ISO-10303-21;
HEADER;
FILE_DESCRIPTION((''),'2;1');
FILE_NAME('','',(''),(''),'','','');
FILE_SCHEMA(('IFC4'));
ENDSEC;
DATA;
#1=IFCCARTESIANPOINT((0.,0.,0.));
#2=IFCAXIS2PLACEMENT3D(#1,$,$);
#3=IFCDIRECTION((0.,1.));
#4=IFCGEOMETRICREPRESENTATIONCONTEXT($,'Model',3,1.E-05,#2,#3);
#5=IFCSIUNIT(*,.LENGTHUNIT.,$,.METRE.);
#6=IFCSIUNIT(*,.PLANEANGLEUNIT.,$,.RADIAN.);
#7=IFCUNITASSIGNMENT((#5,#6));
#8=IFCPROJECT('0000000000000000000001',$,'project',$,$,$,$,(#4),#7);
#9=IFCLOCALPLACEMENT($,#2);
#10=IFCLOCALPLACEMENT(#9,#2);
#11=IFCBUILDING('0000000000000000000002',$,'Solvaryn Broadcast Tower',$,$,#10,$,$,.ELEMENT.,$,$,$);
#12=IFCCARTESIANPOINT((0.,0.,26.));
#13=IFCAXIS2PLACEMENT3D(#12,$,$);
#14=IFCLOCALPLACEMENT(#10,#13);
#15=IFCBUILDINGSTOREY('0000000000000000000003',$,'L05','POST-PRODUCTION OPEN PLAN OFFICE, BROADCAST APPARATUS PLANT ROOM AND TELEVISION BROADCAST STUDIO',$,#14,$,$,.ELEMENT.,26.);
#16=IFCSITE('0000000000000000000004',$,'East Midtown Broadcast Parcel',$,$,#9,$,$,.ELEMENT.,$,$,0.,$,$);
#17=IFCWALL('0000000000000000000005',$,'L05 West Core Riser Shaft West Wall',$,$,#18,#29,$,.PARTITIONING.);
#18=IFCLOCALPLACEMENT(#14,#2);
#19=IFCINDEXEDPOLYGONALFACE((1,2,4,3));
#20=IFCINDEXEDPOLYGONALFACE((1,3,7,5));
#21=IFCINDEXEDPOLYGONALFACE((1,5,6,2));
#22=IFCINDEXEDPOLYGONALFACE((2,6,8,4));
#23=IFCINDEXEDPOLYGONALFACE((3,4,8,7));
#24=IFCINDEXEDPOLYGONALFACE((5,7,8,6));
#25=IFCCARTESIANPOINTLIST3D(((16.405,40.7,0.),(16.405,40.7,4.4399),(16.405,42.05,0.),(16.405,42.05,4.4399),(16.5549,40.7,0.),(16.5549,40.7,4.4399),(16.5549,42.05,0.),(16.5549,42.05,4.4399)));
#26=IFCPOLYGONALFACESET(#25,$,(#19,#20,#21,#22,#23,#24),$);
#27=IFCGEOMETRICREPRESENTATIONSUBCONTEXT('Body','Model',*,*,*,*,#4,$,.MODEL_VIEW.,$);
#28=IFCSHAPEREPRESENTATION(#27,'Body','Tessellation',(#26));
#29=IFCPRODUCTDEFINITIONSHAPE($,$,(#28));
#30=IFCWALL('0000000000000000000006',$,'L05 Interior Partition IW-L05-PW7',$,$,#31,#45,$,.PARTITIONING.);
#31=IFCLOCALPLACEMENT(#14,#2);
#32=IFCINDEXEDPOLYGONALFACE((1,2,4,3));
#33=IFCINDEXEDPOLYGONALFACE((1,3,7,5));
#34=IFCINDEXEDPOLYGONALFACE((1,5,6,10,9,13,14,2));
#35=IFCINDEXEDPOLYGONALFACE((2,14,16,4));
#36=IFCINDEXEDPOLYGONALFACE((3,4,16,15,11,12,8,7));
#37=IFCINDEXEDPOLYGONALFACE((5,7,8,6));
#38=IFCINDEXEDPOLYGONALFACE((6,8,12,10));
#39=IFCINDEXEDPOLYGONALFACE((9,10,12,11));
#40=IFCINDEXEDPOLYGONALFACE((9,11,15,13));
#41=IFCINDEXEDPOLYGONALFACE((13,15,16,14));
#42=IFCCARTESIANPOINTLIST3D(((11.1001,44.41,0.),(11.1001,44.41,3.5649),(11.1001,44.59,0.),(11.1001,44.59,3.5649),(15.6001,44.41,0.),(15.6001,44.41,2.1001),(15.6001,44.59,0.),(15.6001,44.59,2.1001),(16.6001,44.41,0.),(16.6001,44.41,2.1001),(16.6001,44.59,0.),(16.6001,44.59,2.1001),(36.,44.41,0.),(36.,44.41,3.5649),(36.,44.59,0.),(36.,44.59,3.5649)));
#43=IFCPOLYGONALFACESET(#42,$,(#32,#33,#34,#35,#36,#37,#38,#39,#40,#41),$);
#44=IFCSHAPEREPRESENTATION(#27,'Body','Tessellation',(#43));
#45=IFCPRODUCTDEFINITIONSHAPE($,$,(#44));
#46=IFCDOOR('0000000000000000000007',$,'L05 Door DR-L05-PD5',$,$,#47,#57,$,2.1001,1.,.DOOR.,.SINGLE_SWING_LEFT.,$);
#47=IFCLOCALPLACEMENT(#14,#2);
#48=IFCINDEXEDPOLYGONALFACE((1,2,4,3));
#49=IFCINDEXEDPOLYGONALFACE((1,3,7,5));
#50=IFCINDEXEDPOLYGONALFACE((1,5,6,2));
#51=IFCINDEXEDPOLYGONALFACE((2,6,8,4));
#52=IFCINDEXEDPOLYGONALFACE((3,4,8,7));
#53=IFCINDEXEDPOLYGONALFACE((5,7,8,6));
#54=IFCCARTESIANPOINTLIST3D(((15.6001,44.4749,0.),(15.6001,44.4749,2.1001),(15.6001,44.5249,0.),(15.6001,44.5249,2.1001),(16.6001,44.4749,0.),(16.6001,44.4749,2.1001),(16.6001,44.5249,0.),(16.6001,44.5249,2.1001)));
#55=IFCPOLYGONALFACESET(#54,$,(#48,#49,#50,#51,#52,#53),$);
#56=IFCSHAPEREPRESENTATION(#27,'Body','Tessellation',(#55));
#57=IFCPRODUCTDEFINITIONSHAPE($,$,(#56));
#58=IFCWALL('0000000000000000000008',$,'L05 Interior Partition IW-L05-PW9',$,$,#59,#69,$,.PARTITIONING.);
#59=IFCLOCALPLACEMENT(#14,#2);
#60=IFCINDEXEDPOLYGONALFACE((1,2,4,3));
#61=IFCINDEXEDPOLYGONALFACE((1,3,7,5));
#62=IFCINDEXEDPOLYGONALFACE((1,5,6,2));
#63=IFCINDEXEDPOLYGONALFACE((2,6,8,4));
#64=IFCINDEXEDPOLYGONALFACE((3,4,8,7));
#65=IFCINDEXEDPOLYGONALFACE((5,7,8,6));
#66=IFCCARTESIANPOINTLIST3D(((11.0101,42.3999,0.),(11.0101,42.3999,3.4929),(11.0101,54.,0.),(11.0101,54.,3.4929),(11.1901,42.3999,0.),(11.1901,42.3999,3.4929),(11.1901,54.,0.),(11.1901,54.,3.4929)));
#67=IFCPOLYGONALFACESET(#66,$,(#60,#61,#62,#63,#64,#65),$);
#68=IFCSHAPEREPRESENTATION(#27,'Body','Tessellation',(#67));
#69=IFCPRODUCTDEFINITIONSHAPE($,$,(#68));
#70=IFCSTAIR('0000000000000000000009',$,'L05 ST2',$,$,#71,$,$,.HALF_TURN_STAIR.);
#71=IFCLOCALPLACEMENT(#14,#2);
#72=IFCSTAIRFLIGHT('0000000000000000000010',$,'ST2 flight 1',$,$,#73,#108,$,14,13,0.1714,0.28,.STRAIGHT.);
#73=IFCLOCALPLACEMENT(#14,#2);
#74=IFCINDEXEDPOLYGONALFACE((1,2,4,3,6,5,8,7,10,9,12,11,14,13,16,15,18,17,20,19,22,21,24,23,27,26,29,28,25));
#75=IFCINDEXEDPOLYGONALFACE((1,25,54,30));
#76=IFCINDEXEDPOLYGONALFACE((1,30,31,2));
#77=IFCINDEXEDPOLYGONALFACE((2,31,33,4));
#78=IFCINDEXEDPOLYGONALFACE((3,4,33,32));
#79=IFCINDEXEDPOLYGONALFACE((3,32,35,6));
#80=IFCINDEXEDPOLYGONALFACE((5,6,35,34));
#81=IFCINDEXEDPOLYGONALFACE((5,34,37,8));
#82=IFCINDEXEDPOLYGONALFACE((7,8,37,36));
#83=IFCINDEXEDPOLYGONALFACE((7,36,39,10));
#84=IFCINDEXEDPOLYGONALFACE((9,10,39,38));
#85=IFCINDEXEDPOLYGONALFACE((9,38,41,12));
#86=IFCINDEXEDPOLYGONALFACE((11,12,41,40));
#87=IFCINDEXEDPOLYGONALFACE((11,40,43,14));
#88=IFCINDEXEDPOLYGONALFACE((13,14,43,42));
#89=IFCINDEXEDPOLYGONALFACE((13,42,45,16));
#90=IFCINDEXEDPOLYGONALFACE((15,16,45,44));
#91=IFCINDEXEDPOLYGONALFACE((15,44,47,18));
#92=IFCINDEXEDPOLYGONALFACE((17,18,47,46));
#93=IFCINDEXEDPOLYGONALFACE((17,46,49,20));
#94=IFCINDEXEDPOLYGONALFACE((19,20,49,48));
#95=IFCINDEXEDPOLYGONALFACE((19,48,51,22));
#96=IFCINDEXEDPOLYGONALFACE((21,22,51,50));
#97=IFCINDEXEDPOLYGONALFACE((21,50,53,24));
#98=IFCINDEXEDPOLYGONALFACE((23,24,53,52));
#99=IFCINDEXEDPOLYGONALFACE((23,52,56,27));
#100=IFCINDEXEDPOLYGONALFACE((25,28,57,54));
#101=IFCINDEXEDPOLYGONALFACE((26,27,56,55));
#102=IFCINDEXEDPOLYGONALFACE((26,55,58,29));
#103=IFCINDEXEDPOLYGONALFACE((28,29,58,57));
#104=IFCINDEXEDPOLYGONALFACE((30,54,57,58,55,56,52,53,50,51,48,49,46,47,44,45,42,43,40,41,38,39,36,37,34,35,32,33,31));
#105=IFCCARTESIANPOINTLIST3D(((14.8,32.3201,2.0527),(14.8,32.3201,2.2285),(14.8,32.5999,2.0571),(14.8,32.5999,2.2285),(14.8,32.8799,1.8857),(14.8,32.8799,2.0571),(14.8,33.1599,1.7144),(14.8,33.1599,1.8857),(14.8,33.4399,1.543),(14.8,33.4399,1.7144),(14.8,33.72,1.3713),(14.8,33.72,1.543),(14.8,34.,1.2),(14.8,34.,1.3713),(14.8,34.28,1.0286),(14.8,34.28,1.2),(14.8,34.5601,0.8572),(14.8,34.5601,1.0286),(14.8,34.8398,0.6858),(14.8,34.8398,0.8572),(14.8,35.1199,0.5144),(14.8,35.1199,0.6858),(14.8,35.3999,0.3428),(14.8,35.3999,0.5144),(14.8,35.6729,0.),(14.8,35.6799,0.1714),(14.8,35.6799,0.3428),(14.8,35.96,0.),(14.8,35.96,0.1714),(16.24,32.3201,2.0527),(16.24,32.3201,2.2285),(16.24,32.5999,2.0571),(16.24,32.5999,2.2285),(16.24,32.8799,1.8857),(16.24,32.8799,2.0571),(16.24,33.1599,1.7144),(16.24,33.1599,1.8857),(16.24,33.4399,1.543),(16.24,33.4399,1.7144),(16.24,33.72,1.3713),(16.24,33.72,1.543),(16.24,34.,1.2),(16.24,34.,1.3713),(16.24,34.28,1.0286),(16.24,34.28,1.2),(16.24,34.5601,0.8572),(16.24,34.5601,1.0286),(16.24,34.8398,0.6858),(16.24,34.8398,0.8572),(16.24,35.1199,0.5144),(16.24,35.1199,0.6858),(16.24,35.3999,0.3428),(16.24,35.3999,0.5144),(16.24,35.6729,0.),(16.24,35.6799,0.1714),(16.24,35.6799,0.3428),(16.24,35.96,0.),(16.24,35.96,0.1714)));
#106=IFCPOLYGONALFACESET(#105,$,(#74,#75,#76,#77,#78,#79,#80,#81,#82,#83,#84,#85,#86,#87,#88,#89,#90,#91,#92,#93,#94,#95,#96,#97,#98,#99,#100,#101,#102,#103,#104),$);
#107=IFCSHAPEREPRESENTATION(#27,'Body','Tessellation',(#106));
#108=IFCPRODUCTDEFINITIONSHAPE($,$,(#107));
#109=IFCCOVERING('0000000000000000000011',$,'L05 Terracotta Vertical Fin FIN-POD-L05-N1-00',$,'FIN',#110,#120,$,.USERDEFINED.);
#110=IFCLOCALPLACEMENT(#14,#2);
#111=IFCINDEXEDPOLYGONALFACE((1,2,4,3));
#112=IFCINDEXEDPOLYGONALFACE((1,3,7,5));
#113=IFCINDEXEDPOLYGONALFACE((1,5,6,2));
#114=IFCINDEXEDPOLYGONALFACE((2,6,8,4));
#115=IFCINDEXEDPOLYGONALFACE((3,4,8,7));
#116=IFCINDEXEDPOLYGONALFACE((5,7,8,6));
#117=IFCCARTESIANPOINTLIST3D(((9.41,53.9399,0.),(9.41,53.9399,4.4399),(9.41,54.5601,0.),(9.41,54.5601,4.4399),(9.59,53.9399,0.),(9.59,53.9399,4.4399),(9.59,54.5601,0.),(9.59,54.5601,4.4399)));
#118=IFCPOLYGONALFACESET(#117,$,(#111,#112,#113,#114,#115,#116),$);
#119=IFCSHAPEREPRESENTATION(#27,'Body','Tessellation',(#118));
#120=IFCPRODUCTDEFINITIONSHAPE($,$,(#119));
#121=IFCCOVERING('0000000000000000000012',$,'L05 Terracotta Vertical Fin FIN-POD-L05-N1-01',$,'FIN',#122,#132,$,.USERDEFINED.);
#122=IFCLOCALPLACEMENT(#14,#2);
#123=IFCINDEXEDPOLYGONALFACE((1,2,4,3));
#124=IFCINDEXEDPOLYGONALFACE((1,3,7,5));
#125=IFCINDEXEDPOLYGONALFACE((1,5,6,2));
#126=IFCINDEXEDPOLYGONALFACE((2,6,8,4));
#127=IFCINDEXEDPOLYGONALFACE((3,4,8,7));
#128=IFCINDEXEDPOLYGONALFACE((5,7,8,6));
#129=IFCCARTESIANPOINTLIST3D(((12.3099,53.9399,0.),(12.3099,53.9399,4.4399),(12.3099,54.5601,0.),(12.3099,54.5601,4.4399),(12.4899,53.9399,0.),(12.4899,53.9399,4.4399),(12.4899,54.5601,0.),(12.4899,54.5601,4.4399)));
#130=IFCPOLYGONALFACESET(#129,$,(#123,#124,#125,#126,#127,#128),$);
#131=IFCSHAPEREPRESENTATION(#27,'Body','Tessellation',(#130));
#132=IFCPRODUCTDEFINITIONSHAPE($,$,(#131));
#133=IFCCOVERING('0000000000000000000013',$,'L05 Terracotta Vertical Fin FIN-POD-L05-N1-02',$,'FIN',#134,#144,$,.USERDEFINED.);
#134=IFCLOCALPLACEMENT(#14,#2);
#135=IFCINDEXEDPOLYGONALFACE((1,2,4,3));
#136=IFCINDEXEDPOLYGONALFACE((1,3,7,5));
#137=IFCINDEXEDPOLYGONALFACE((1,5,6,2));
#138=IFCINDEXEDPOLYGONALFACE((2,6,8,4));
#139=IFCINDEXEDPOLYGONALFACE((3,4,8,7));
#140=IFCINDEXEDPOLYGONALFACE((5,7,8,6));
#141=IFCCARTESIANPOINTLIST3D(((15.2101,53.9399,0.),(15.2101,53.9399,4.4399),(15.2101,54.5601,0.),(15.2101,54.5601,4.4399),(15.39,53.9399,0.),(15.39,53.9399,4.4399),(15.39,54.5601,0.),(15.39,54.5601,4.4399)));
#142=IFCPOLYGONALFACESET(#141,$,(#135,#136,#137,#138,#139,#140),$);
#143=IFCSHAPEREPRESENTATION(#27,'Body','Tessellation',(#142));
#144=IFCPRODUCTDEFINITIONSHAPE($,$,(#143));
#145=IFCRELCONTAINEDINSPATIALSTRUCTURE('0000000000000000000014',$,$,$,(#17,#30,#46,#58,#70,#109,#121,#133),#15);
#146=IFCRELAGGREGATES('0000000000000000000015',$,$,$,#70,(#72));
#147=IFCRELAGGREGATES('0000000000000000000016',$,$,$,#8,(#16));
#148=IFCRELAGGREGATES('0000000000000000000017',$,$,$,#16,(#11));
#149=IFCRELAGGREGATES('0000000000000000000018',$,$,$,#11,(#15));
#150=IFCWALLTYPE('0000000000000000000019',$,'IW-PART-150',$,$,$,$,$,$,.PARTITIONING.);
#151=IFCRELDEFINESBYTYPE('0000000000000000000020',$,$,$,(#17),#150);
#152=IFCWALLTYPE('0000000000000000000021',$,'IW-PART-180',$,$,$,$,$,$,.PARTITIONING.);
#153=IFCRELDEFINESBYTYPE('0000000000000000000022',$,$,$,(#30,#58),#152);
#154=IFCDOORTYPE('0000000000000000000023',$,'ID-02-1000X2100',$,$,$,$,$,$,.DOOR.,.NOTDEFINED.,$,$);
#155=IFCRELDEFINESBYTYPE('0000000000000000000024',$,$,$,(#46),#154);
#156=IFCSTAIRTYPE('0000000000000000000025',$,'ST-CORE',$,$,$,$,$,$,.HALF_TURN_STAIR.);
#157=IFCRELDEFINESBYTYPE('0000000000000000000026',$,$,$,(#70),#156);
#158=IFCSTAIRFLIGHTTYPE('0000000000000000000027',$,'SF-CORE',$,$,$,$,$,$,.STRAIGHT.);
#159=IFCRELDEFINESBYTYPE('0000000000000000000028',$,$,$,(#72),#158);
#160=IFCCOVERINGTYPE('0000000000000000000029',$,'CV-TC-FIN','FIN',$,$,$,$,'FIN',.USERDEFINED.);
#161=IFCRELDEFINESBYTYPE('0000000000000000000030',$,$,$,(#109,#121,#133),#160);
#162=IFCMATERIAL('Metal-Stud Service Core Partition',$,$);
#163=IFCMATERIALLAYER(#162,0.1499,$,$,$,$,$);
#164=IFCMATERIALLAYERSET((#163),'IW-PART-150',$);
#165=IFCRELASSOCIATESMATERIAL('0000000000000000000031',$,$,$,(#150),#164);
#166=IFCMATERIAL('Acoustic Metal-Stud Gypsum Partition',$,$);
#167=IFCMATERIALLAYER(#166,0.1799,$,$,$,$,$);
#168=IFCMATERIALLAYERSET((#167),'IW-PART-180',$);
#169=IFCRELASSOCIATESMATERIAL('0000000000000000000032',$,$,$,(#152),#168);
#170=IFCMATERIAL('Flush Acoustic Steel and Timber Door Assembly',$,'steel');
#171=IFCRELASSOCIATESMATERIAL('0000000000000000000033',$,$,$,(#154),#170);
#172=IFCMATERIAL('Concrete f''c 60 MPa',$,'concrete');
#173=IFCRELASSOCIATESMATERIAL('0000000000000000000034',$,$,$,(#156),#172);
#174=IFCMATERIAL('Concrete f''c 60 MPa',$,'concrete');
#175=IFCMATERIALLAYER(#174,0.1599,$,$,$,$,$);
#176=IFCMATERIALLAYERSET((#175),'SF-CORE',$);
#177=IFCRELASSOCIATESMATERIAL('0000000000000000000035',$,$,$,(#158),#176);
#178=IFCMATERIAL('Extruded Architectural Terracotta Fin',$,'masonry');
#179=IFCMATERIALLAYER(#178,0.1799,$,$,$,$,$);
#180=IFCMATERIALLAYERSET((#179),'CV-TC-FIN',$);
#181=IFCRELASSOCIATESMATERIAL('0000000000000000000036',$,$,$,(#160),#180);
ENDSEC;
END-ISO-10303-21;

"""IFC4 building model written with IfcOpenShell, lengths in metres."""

from ifc_helpers import new_model, si_unit, direction, frame, frame_2d, origin, origin_2d, place, context, subcontext, project, spatial, polyline, rectangle, outline, extrude, material, layer, layer_set, type_object, element, fill, aggregate, save


model = new_model("IFC4")

# Units and contexts
model_context = context("Model", 3, precision=1e-05, world=origin(), true_north=direction((0.0, 1.0)))
body_context = subcontext(model_context, "Body", "Model", "MODEL_VIEW")
ifc_project = project(units=[si_unit("LENGTHUNIT", "METRE"), si_unit("PLANEANGLEUNIT", "RADIAN")], contexts=[model_context])

# Site, building, storey
site_placement = place(None, origin())
site = spatial("IfcSite", under=ifc_project, at=site_placement, Name="East Midtown Broadcast Parcel", CompositionType="ELEMENT", RefElevation=0.0)
building_placement = place(site_placement, origin())
building = spatial("IfcBuilding", under=site, at=building_placement, Name="Solvaryn Broadcast Tower", CompositionType="ELEMENT")
storey_placement = place(building_placement, frame((0.0, 0.0, 26.0)))
storey = spatial("IfcBuildingStorey", under=building, at=storey_placement, Name="L05", Description="POST-PRODUCTION OPEN PLAN OFFICE, BROADCAST APPARATUS PLANT ROOM AND TELEVISION BROADCAST STUDIO", CompositionType="ELEMENT", Elevation=26.0)

# Wall
ifc_material_1 = material(Name="Metal-Stud Service Core Partition")
ifc_layer_1 = layer(ifc_material_1, 0.1499)
ifc_layer_set_1 = layer_set([ifc_layer_1], Name="IW-PART-150")
wall_type_1 = type_object("IfcWallType", Name="IW-PART-150", PredefinedType="PARTITIONING", material=ifc_layer_set_1)
wall_1_placement = place(storey_placement, frame((16.48, 40.7, 0.0), z_axis=(0.0, 0.0, 1.0), x_axis=(0.0, 1.0, 0.0)))
element("IfcWall", 1, at=wall_1_placement, inside=storey, type_object=wall_type_1, Name="L05 West Core Riser Shaft West Wall", PredefinedType="PARTITIONING", context=body_context, shape_type="SweptSolid", body=[
    extrude(rectangle(XDim=1.3501, YDim=0.1499, at=frame_2d((0.675, 0.0))), origin(), (0.0, 0.0, 1.0), 4.4399),
])

# Wall, opening, door
ifc_material_2 = material(Name="Acoustic Metal-Stud Gypsum Partition")
ifc_layer_2 = layer(ifc_material_2, 0.1799)
ifc_layer_set_2 = layer_set([ifc_layer_2], Name="IW-PART-180")
wall_type_2 = type_object("IfcWallType", Name="IW-PART-180", PredefinedType="PARTITIONING", material=ifc_layer_set_2)
wall_2_placement = place(storey_placement, frame((11.1001, 44.5, 0.0), z_axis=(0.0, 0.0, 1.0), x_axis=(1.0, 0.0, 0.0)))
wall_2 = element("IfcWall", 2, at=wall_2_placement, inside=storey, type_object=wall_type_2, Name="L05 Interior Partition IW-L05-PW7", PredefinedType="PARTITIONING", context=body_context, shape_type="SweptSolid", body=[
    extrude(rectangle(XDim=24.8999, YDim=0.1799, at=frame_2d((12.45, 0.0))), origin(), (0.0, 0.0, 1.0), 3.5649),
])
opening_1_placement = place(wall_2_placement, frame((4.5, 0.0, 0.0)))
opening_1 = element("IfcOpeningElement", 3, at=opening_1_placement, cuts=wall_2, PredefinedType="OPENING", context=body_context, shape_type="SweptSolid", body=[
    extrude(rectangle(XDim=1.0, YDim=2.1001, at=frame_2d((0.5, 1.05))), frame((0.0, 0.0999, 0.0), z_axis=(0.0, -1.0, 0.0), x_axis=(1.0, 0.0, 0.0)), (0.0, 0.0, 1.0), 0.2),
])
ifc_material_3 = material(Name="Flush Acoustic Steel and Timber Door Assembly", Category="steel")
door_type_1 = type_object("IfcDoorType", Name="ID-02-1000X2100", OperationType="NOTDEFINED", PredefinedType="DOOR", material=ifc_material_3)
door_1_placement = place(opening_1_placement, origin())
door_1 = element("IfcDoor", 4, at=door_1_placement, inside=storey, type_object=door_type_1, Name="L05 Door DR-L05-PD5", OperationType="SINGLE_SWING_LEFT", OverallHeight=2.1001, OverallWidth=1.0, PredefinedType="DOOR", context=body_context, shape_type="SweptSolid", body=[
    extrude(rectangle(XDim=1.0, YDim=2.1001, at=frame_2d((0.5, 1.05))), frame((0.0, 0.0249, 0.0), z_axis=(0.0, -1.0, 0.0), x_axis=(1.0, 0.0, 0.0)), (0.0, 0.0, 1.0), 0.05),
])
fill(opening_1, door_1)

# Wall
wall_3_placement = place(storey_placement, frame((11.1001, 42.3999, 0.0), z_axis=(0.0, 0.0, 1.0), x_axis=(0.0, 1.0, 0.0)))
element("IfcWall", 5, at=wall_3_placement, inside=storey, type_object=wall_type_2, Name="L05 Interior Partition IW-L05-PW9", PredefinedType="PARTITIONING", context=body_context, shape_type="SweptSolid", body=[
    extrude(rectangle(XDim=11.6001, YDim=0.1799, at=frame_2d((5.8, 0.0))), origin(), (0.0, 0.0, 1.0), 3.4929),
])

# Stair, stair flight
ifc_material_4 = material(Name="Concrete f'c 60 MPa", Category="concrete")
stair_type = type_object("IfcStairType", Name="ST-CORE", PredefinedType="HALF_TURN_STAIR", material=ifc_material_4)
stair_placement = place(storey_placement, origin())
stair = element("IfcStair", 6, at=stair_placement, inside=storey, type_object=stair_type, Name="L05 ST2", PredefinedType="HALF_TURN_STAIR")
ifc_material_5 = material(Name="Concrete f'c 60 MPa", Category="concrete")
ifc_layer_3 = layer(ifc_material_5, 0.1599)
ifc_layer_set_3 = layer_set([ifc_layer_3], Name="SF-CORE")
stair_flight_type = type_object("IfcStairFlightType", Name="SF-CORE", PredefinedType="STRAIGHT", material=ifc_layer_set_3)
stair_flight_placement = place(storey_placement, frame((15.52, 35.96, 0.0), z_axis=(0.0, 0.0, 1.0), x_axis=(0.0, -1.0, 0.0)))
stair_flight = element("IfcStairFlight", 7, at=stair_flight_placement, type_object=stair_flight_type, Name="ST2 flight 1", NumberOfRisers=14, NumberOfTreads=13, PredefinedType="STRAIGHT", RiserHeight=0.1714, TreadLength=0.28, context=body_context, shape_type="SweptSolid", body=[
    extrude(outline(polyline([(0.0, 0.0), (0.0, 0.1714), (0.28, 0.1714), (0.28, 0.3428), (0.5601, 0.3428), (0.5601, 0.5144), (0.8401, 0.5144), (0.8401, 0.6858), (1.1201, 0.6858), (1.1201, 0.8572), (1.3999, 0.8572), (1.3999, 1.0286), (1.6799, 1.0286), (1.6799, 1.2), (1.96, 1.2), (1.96, 1.3713), (2.24, 1.3713), (2.24, 1.543), (2.52, 1.543), (2.52, 1.7144), (2.8, 1.7144), (2.8, 1.8857), (3.0801, 1.8857), (3.0801, 2.0571), (3.3601, 2.0571), (3.3601, 2.2285), (3.6399, 2.2285), (3.6399, 2.3999), (3.6399, 2.0527), (0.2871, 0.0), (0.0, 0.0)])), frame((0.0, 0.72, 0.0), z_axis=(0.0, -1.0, 0.0), x_axis=(1.0, 0.0, 0.0)), (0.0, 0.0, 1.0), 1.4399),
])
aggregate(stair, [stair_flight])

# Coverings
ifc_material_6 = material(Name="Extruded Architectural Terracotta Fin", Category="masonry")
ifc_layer_4 = layer(ifc_material_6, 0.1799)
ifc_layer_set_4 = layer_set([ifc_layer_4], Name="CV-TC-FIN")
covering_type = type_object("IfcCoveringType", Name="CV-TC-FIN", Description="FIN", ElementType="FIN", PredefinedType="USERDEFINED", material=ifc_layer_set_4)
for number, where, z_axis, x_axis, name in (
    (8, (9.5, 54.25, 0.0), (0.0, 0.0, 1.0), (1.0, 0.0, 0.0), "L05 Terracotta Vertical Fin FIN-POD-L05-N1-00"),
    (9, (12.3999, 54.25, 0.0), (0.0, 0.0, 1.0), (1.0, 0.0, 0.0), "L05 Terracotta Vertical Fin FIN-POD-L05-N1-01"),
    (10, (15.3, 54.25, 0.0), (0.0, 0.0, 1.0), (1.0, 0.0, 0.0), "L05 Terracotta Vertical Fin FIN-POD-L05-N1-02"),
):
    element("IfcCovering", number, at=place(storey_placement, frame(where, z_axis=z_axis, x_axis=x_axis)), inside=storey, type_object=covering_type, Name=name, ObjectType="FIN", PredefinedType="USERDEFINED", context=body_context, shape_type="SweptSolid", body=[
        extrude(rectangle(XDim=0.1799, YDim=0.6201, at=origin_2d()), origin(), (0.0, 0.0, 1.0), 4.4399),
    ])

save(model, "model.ifc")
